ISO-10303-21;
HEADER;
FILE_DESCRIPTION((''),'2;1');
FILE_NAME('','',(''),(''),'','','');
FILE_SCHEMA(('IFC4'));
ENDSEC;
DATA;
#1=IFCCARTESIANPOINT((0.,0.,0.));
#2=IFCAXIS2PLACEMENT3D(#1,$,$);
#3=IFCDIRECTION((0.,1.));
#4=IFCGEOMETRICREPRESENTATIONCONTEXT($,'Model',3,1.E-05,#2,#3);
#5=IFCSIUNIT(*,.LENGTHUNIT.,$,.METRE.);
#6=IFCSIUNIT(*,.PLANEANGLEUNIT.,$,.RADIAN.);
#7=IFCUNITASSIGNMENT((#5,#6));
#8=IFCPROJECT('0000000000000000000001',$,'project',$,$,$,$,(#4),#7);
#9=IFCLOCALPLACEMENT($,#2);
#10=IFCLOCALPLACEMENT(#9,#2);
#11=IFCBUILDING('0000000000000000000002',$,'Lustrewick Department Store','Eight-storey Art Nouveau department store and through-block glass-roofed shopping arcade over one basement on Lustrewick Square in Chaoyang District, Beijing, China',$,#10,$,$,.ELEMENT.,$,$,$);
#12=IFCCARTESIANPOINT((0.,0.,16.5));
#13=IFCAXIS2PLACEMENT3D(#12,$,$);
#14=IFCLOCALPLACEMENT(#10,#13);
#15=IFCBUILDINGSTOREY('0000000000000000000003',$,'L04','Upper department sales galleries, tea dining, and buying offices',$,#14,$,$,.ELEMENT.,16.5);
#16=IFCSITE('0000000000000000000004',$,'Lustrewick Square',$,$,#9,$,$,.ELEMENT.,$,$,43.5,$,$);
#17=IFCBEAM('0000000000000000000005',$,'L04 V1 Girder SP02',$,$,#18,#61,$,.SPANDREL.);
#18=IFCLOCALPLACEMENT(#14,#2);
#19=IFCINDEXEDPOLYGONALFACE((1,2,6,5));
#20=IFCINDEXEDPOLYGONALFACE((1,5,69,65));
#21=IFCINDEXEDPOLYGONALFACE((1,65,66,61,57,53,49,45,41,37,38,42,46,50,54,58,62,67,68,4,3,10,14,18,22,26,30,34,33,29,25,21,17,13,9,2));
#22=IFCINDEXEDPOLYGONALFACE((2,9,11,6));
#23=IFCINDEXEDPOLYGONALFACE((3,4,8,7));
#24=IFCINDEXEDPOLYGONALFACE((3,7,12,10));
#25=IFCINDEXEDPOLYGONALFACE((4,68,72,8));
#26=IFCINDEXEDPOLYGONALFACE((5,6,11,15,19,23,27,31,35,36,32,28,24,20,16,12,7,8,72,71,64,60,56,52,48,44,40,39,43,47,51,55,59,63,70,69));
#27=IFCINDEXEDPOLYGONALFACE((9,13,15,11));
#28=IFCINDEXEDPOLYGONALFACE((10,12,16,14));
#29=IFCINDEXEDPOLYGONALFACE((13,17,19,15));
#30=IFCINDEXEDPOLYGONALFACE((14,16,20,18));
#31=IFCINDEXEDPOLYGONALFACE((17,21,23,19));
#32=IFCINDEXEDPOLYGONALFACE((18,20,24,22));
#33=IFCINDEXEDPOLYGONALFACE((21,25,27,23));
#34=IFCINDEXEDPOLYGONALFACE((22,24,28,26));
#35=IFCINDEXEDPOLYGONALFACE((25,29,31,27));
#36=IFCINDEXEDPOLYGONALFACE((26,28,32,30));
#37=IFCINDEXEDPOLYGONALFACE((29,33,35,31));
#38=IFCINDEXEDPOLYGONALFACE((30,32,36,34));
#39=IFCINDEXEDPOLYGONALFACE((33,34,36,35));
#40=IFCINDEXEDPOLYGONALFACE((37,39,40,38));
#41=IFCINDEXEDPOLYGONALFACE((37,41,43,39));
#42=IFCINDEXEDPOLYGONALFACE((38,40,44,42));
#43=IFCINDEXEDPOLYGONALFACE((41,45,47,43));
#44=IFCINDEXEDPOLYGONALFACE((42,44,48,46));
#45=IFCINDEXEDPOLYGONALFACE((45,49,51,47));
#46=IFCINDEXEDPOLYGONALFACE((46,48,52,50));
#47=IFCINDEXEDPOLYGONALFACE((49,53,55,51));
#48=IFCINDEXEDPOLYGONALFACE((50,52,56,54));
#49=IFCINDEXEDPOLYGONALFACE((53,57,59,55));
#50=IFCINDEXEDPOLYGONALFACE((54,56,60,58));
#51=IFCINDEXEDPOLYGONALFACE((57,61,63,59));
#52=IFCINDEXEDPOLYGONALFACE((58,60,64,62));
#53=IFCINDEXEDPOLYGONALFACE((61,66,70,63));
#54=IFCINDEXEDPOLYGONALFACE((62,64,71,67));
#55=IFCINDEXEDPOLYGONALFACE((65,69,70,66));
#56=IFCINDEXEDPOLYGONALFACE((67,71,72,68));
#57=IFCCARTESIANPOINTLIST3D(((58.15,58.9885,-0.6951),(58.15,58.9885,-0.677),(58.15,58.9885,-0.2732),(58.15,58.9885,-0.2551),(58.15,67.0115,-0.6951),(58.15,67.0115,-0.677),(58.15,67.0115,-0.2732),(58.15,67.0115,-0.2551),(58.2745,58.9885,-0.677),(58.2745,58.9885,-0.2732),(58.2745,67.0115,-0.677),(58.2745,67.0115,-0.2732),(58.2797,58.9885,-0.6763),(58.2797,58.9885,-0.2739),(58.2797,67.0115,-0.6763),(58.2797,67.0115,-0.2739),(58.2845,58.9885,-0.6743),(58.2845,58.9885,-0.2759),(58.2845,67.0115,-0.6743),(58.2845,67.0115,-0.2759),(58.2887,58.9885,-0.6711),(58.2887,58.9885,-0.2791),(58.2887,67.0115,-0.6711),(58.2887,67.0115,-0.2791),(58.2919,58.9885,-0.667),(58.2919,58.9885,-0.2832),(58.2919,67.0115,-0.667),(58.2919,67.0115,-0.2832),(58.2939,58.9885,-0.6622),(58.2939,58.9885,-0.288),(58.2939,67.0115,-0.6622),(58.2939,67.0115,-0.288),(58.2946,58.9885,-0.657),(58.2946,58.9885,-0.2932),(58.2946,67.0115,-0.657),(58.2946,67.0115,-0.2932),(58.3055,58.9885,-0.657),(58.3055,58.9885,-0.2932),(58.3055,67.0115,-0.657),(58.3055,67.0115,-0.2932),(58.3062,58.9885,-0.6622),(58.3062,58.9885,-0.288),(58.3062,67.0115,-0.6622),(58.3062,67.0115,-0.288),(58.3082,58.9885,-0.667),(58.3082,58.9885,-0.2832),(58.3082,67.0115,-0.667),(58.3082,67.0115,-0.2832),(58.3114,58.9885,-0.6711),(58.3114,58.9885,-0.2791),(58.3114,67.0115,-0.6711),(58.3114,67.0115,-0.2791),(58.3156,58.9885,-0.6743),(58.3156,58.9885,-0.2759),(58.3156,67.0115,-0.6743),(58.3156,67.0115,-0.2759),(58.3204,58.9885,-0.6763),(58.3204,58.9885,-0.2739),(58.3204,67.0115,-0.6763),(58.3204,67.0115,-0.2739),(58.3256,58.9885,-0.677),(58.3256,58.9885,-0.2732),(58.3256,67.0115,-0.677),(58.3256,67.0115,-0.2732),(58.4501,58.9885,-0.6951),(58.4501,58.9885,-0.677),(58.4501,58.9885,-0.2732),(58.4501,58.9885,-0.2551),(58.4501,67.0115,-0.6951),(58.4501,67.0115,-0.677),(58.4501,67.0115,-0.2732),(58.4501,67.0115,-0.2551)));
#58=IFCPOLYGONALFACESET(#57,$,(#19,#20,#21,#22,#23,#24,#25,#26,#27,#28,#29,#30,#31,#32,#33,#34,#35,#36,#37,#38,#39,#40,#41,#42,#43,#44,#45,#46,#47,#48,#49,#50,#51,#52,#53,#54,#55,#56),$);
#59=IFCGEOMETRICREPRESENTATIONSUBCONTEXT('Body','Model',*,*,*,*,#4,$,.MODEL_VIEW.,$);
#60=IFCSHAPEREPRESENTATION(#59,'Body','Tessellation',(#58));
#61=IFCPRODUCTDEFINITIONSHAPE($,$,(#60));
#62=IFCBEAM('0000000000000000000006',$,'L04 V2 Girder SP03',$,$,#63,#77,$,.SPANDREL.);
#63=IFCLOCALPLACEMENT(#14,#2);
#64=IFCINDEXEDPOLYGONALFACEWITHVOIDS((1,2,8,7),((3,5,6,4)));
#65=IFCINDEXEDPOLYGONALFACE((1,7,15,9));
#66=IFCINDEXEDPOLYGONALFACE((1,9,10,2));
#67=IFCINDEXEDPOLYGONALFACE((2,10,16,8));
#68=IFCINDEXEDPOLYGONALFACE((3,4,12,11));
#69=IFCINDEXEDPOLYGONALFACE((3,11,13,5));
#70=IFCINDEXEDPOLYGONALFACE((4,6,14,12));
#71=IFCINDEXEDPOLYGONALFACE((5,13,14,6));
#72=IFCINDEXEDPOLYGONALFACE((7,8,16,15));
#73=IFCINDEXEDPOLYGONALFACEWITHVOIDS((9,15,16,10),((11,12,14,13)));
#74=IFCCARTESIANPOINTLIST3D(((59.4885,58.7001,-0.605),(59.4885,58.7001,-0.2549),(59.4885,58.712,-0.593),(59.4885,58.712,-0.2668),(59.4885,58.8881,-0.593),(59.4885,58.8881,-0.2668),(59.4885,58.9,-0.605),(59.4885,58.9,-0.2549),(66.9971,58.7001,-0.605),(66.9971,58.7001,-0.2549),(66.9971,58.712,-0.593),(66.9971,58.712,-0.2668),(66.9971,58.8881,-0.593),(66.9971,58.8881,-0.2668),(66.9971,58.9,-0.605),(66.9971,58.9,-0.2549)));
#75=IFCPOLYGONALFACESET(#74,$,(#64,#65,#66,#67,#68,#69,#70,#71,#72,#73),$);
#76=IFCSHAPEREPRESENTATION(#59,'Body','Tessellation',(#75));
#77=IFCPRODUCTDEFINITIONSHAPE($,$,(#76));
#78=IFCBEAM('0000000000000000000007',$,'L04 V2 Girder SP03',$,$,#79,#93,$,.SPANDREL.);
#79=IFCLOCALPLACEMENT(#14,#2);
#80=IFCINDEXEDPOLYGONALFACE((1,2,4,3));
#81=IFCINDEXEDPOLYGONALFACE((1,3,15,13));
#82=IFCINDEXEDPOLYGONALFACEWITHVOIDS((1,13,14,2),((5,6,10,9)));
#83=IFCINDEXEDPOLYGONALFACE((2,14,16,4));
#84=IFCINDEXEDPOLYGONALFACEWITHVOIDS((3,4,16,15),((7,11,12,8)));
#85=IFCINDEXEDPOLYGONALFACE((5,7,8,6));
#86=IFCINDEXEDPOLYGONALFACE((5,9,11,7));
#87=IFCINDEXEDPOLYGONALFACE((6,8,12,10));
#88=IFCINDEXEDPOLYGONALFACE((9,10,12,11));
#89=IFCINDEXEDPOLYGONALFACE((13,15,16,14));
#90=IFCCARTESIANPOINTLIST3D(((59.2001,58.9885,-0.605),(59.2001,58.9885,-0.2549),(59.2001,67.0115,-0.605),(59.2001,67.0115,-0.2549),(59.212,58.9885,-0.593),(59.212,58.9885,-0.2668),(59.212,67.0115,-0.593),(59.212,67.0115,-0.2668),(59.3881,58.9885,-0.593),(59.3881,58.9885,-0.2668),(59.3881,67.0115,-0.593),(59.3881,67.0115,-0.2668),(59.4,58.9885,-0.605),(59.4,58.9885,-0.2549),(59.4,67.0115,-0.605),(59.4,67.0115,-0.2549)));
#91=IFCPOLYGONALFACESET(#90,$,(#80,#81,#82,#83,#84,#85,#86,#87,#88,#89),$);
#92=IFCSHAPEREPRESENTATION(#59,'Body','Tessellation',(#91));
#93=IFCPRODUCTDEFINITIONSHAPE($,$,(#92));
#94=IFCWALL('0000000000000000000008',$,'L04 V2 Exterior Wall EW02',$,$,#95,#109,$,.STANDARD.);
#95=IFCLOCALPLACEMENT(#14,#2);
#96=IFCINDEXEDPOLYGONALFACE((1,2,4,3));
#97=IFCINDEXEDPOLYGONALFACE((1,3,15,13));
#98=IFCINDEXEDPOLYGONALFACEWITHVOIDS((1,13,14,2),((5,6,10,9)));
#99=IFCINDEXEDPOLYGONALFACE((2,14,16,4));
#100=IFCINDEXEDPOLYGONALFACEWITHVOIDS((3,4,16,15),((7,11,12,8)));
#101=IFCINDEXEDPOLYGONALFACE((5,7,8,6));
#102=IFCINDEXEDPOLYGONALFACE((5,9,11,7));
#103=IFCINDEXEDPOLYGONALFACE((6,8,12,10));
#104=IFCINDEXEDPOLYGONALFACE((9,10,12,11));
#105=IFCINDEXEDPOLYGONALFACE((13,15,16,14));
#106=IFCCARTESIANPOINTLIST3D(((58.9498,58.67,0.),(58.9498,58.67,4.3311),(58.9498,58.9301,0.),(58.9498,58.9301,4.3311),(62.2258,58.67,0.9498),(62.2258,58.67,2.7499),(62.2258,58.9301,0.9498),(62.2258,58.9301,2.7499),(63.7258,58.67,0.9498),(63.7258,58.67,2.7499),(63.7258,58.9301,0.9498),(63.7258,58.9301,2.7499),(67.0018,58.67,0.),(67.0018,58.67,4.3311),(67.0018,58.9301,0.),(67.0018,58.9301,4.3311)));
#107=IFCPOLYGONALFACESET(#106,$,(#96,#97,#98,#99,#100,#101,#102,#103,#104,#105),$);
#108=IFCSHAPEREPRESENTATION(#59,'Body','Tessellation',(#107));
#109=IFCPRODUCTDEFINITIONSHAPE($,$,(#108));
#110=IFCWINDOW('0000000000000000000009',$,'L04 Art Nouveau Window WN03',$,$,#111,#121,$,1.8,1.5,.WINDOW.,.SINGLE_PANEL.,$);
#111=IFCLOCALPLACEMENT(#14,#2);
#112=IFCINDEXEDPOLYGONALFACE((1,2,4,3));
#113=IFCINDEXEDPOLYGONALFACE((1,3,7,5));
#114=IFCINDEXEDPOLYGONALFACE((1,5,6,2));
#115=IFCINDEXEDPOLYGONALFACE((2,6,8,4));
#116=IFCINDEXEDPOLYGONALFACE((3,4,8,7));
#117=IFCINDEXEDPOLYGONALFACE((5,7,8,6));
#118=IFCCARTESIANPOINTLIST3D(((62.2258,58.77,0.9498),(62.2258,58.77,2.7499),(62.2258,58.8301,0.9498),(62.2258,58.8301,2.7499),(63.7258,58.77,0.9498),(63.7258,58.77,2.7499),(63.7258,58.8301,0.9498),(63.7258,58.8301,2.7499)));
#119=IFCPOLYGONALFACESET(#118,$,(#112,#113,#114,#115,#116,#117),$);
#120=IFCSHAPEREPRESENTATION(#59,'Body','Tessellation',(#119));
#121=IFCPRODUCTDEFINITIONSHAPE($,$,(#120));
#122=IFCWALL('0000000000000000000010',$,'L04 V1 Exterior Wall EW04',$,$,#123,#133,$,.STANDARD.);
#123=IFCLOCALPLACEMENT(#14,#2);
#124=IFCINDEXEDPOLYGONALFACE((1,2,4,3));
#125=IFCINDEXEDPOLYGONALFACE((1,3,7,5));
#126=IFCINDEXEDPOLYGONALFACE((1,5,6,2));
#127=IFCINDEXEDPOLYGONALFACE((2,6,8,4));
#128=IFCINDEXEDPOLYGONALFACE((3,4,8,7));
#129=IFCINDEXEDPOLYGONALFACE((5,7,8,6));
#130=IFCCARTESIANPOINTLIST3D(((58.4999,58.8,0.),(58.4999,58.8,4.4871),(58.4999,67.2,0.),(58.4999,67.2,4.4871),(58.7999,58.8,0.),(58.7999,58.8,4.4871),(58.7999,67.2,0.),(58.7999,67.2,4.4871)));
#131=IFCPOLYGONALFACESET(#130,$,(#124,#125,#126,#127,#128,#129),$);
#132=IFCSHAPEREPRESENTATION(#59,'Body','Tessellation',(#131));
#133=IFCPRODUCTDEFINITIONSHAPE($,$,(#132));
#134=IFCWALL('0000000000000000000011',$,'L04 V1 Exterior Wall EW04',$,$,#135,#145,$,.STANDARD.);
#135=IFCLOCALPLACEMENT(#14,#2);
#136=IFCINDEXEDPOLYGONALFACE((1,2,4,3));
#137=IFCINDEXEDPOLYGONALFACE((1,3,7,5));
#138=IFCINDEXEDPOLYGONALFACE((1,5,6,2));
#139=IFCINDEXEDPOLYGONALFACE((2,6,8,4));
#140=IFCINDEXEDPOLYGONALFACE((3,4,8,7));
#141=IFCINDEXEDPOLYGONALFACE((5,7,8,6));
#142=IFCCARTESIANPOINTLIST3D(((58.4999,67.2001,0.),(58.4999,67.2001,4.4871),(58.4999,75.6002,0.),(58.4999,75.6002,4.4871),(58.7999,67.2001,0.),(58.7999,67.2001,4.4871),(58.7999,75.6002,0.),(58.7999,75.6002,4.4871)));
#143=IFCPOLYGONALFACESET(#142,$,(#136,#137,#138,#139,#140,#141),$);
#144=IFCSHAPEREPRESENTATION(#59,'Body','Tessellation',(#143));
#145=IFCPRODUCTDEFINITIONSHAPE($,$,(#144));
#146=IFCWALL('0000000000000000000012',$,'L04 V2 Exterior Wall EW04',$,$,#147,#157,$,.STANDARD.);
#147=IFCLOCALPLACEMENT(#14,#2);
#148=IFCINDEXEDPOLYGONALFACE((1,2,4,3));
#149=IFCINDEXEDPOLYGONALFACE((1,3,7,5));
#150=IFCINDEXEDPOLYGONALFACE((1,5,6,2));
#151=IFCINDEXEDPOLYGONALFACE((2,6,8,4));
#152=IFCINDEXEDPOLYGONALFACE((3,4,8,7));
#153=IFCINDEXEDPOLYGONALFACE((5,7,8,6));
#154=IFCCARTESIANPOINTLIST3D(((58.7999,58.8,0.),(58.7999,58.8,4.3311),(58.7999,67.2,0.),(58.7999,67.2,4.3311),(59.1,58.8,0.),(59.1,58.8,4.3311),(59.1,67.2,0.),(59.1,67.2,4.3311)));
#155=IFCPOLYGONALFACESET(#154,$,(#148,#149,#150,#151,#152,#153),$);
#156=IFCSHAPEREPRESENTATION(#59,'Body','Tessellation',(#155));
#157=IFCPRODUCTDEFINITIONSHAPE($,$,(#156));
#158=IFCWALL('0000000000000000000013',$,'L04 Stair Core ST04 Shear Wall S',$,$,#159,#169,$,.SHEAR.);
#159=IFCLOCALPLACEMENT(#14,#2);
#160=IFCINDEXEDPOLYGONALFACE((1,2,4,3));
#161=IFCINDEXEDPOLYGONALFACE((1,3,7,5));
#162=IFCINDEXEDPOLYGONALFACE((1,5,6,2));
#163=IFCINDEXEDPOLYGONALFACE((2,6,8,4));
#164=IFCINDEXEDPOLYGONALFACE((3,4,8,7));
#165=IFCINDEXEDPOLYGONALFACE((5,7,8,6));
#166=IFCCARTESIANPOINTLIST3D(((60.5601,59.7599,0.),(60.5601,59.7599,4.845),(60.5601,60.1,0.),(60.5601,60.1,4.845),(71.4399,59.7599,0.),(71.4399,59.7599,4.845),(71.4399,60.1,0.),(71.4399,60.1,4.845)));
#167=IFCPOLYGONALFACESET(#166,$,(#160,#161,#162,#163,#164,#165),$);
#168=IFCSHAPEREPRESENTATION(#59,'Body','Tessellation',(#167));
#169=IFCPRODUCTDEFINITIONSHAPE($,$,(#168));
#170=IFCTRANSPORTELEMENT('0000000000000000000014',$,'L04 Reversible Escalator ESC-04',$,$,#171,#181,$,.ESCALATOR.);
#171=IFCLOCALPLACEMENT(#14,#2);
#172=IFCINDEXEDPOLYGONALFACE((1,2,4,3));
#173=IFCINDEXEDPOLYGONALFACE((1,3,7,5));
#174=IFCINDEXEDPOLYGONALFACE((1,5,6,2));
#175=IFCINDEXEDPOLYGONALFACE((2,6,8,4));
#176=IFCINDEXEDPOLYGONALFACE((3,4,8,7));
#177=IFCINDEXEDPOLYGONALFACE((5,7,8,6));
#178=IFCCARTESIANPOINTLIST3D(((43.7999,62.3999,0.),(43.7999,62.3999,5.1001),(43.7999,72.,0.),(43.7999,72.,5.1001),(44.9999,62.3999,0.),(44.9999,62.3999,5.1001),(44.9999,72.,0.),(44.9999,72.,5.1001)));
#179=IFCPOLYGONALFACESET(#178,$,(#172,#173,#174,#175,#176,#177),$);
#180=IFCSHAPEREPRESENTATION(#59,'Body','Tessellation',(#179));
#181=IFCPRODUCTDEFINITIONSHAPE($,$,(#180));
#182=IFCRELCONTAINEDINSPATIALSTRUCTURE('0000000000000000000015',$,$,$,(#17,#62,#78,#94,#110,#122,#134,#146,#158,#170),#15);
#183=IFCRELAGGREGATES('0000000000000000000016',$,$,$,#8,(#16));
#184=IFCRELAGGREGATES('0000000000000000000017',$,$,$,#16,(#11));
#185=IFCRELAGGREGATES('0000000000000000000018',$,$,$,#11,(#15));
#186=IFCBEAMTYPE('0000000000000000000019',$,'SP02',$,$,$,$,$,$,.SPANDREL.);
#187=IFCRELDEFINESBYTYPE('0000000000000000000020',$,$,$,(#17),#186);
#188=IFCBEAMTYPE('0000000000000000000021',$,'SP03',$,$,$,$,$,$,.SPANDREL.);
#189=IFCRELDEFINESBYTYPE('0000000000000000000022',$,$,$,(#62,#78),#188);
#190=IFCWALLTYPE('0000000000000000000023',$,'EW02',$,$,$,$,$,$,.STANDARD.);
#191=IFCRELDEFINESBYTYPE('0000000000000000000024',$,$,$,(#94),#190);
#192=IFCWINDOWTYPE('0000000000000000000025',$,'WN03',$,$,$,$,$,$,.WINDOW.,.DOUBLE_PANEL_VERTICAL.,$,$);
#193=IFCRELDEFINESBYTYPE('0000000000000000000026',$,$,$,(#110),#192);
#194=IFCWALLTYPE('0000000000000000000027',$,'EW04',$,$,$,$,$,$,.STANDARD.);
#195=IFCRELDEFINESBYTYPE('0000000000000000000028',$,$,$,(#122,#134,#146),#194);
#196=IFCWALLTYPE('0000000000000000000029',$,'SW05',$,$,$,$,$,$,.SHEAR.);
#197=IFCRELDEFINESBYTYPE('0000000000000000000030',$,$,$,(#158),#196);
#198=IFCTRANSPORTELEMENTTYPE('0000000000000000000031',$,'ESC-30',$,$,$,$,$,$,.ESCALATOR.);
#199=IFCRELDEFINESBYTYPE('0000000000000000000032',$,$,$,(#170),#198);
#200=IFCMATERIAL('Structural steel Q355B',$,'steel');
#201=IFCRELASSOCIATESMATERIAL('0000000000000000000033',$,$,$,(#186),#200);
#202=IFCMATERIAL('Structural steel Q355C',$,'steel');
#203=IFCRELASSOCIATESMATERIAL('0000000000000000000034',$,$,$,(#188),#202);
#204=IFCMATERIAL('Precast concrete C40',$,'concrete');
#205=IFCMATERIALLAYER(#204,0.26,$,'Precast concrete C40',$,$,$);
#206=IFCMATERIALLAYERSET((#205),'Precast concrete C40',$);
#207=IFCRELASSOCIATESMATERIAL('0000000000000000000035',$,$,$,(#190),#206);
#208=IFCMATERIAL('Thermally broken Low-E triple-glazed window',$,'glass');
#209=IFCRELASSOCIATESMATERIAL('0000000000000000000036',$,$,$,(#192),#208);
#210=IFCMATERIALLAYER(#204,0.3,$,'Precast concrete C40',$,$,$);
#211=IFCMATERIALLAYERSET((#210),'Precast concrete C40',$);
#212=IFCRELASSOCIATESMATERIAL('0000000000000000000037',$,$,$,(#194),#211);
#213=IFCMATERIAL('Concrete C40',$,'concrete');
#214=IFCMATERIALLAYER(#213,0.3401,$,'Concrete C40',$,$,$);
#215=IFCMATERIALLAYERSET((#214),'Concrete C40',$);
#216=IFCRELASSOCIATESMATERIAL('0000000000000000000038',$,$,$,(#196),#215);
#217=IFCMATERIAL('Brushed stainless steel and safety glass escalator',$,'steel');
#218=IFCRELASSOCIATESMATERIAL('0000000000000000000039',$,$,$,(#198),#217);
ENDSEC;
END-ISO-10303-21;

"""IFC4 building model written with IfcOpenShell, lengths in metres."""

from ifc_helpers import new_model, si_unit, direction, frame, frame_2d, origin, origin_2d, place, context, subcontext, project, spatial, rectangle, hollow_rectangle, i_section, extrude, material, layer, layer_set, material_profile, profile_set, type_object, element, fill, save


model = new_model("IFC4")

# Units and contexts
model_context = context("Model", 3, precision=1e-05, world=origin(), true_north=direction((0.0, 1.0)))
body_context = subcontext(model_context, "Body", "Model", "MODEL_VIEW")
ifc_project = project(units=[si_unit("LENGTHUNIT", "METRE"), si_unit("PLANEANGLEUNIT", "RADIAN")], contexts=[model_context])

# Site, building, storey
site_placement = place(None, origin())
site = spatial("IfcSite", under=ifc_project, at=site_placement, Name="Lustrewick Square", CompositionType="ELEMENT", RefElevation=43.5)
building_placement = place(site_placement, origin())
building = spatial("IfcBuilding", under=site, at=building_placement, Name="Lustrewick Department Store", Description="Eight-storey Art Nouveau department store and through-block glass-roofed shopping arcade over one basement on Lustrewick Square in Chaoyang District, Beijing, China", CompositionType="ELEMENT")
storey_placement = place(building_placement, frame((0.0, 0.0, 16.5)))
storey = spatial("IfcBuildingStorey", under=building, at=storey_placement, Name="L04", Description="Upper department sales galleries, tea dining, and buying offices", CompositionType="ELEMENT", Elevation=16.5)

# Shared definitions
ifc_material_1 = material(Name="Structural steel Q355B", Category="steel")

# Beams
ifc_material_2 = material(Name="Structural steel Q355C", Category="steel")
ifc_material_profile_1 = material_profile(ifc_material_1, i_section(OverallWidth=0.3, OverallDepth=0.4399, WebThickness=0.011, FlangeThickness=0.0181, FilletRadius=0.02, at=origin_2d()), Name="HM 440x300x11x18")
ifc_profile_set_1 = profile_set([ifc_material_profile_1], Name="Structural steel Q355B")
beam_type_1 = type_object("IfcBeamType", Name="SP02", PredefinedType="SPANDREL", material=ifc_profile_set_1)
beam_1_placement = place(storey_placement, frame((58.3, 58.9885, -0.4751), z_axis=(0.0, 1.0, 0.0), x_axis=(-1.0, 0.0, 0.0)))
element("IfcBeam", 1, at=beam_1_placement, inside=storey, type_object=beam_type_1, Name="L04 V1 Girder SP02", PredefinedType="SPANDREL", context=body_context, shape_type="SweptSolid", body=[
    extrude(i_section(OverallWidth=0.3, OverallDepth=0.4399, WebThickness=0.011, FlangeThickness=0.0181, FilletRadius=0.02, at=origin_2d()), origin(), (0.0, 0.0, 1.0), 8.0229),
])
ifc_material_profile_2 = material_profile(ifc_material_2, hollow_rectangle(XDim=0.2, YDim=0.3501, WallThickness=0.012, at=origin_2d()), Name="RHS 350x200x12")
ifc_profile_set_2 = profile_set([ifc_material_profile_2], Name="Structural steel Q355C")
beam_type_2 = type_object("IfcBeamType", Name="SP03", PredefinedType="SPANDREL", material=ifc_profile_set_2)
beam_2_placement = place(storey_placement, frame((59.4885, 58.8, -0.4299), z_axis=(1.0, 0.0, 0.0), x_axis=(0.0, 1.0, 0.0)))
element("IfcBeam", 2, at=beam_2_placement, inside=storey, type_object=beam_type_2, Name="L04 V2 Girder SP03", PredefinedType="SPANDREL", context=body_context, shape_type="SweptSolid", body=[
    extrude(hollow_rectangle(XDim=0.2, YDim=0.3501, WallThickness=0.012, at=origin_2d()), origin(), (0.0, 0.0, 1.0), 7.5085),
])
beam_3_placement = place(storey_placement, frame((59.3, 58.9885, -0.4299), z_axis=(0.0, 1.0, 0.0), x_axis=(-1.0, 0.0, 0.0)))
element("IfcBeam", 3, at=beam_3_placement, inside=storey, type_object=beam_type_2, Name="L04 V2 Girder SP03", PredefinedType="SPANDREL", context=body_context, shape_type="SweptSolid", body=[
    extrude(hollow_rectangle(XDim=0.2, YDim=0.3501, WallThickness=0.012, at=origin_2d()), origin(), (0.0, 0.0, 1.0), 8.0229),
])

# Wall, opening, window
ifc_material_3 = material(Name="Precast concrete C40", Category="concrete")
ifc_layer_1 = layer(ifc_material_3, 0.26, Name="Precast concrete C40")
ifc_layer_set_1 = layer_set([ifc_layer_1], Name="Precast concrete C40")
wall_type_1 = type_object("IfcWallType", Name="EW02", PredefinedType="STANDARD", material=ifc_layer_set_1)
wall_1_placement = place(storey_placement, frame((58.95, 58.8, 0.0), z_axis=(0.0, 0.0, 1.0), x_axis=(1.0, 0.0, 0.0)))
wall_1 = element("IfcWall", 4, at=wall_1_placement, inside=storey, type_object=wall_type_1, Name="L04 V2 Exterior Wall EW02", PredefinedType="STANDARD", context=body_context, shape_type="SweptSolid", body=[
    extrude(rectangle(XDim=8.052, YDim=0.26, at=frame_2d((4.0259, 0.0))), origin(), (0.0, 0.0, 1.0), 4.3311),
])
opening_placement = place(wall_1_placement, frame((3.2759, 0.0, 0.95)))
opening = element("IfcOpeningElement", 5, at=opening_placement, cuts=wall_1, PredefinedType="OPENING", context=body_context, shape_type="SweptSolid", body=[
    extrude(rectangle(XDim=1.5, YDim=1.8, at=frame_2d((0.75, 0.8999))), frame((0.0, 0.1401, 0.0), z_axis=(0.0, -1.0, 0.0), x_axis=(1.0, 0.0, 0.0)), (0.0, 0.0, 1.0), 0.28),
])
ifc_material_4 = material(Name="Thermally broken Low-E triple-glazed window", Category="glass")
window_type = type_object("IfcWindowType", Name="WN03", PartitioningType="DOUBLE_PANEL_VERTICAL", PredefinedType="WINDOW", material=ifc_material_4)
window_placement = place(opening_placement, origin())
window = element("IfcWindow", 6, at=window_placement, inside=storey, type_object=window_type, Name="L04 Art Nouveau Window WN03", OverallHeight=1.8, OverallWidth=1.5, PartitioningType="SINGLE_PANEL", PredefinedType="WINDOW", context=body_context, shape_type="SweptSolid", body=[
    extrude(rectangle(XDim=1.5, YDim=1.8, at=frame_2d((0.75, 0.8999))), frame((0.0, 0.03, 0.0), z_axis=(0.0, -1.0, 0.0), x_axis=(1.0, 0.0, 0.0)), (0.0, 0.0, 1.0), 0.0601),
])
fill(opening, window)

# Walls
ifc_layer_2 = layer(ifc_material_3, 0.3, Name="Precast concrete C40")
ifc_layer_set_2 = layer_set([ifc_layer_2], Name="Precast concrete C40")
wall_type_2 = type_object("IfcWallType", Name="EW04", PredefinedType="STANDARD", material=ifc_layer_set_2)
wall_2_placement = place(storey_placement, frame((58.6499, 58.8, 0.0), z_axis=(0.0, 0.0, 1.0), x_axis=(0.0, 1.0, 0.0)))
element("IfcWall", 7, at=wall_2_placement, inside=storey, type_object=wall_type_2, Name="L04 V1 Exterior Wall EW04", PredefinedType="STANDARD", context=body_context, shape_type="SweptSolid", body=[
    extrude(rectangle(XDim=8.3999, YDim=0.3, at=frame_2d((4.2, 0.0))), origin(), (0.0, 0.0, 1.0), 4.4871),
])
wall_3_placement = place(storey_placement, frame((58.6499, 67.2, 0.0), z_axis=(0.0, 0.0, 1.0), x_axis=(0.0, 1.0, 0.0)))
element("IfcWall", 8, at=wall_3_placement, inside=storey, type_object=wall_type_2, Name="L04 V1 Exterior Wall EW04", PredefinedType="STANDARD", context=body_context, shape_type="SweptSolid", body=[
    extrude(rectangle(XDim=8.4001, YDim=0.3, at=frame_2d((4.2002, 0.0))), origin(), (0.0, 0.0, 1.0), 4.4871),
])
wall_4_placement = place(storey_placement, frame((58.95, 67.2, 0.0), z_axis=(0.0, 0.0, 1.0), x_axis=(0.0, -1.0, 0.0)))
element("IfcWall", 9, at=wall_4_placement, inside=storey, type_object=wall_type_2, Name="L04 V2 Exterior Wall EW04", PredefinedType="STANDARD", context=body_context, shape_type="SweptSolid", body=[
    extrude(rectangle(XDim=8.3999, YDim=0.3, at=frame_2d((4.2, 0.0))), origin(), (0.0, 0.0, 1.0), 4.3311),
])
ifc_material_5 = material(Name="Concrete C40", Category="concrete")
ifc_layer_3 = layer(ifc_material_5, 0.3401, Name="Concrete C40")
ifc_layer_set_3 = layer_set([ifc_layer_3], Name="Concrete C40")
wall_type_3 = type_object("IfcWallType", Name="SW05", PredefinedType="SHEAR", material=ifc_layer_set_3)
wall_5_placement = place(storey_placement, frame((60.5601, 59.9299, 0.0), z_axis=(0.0, 0.0, 1.0), x_axis=(1.0, 0.0, 0.0)))
element("IfcWall", 10, at=wall_5_placement, inside=storey, type_object=wall_type_3, Name="L04 Stair Core ST04 Shear Wall S", PredefinedType="SHEAR", context=body_context, shape_type="SweptSolid", body=[
    extrude(rectangle(XDim=10.8799, YDim=0.3401, at=frame_2d((5.4399, 0.0))), origin(), (0.0, 0.0, 1.0), 4.845),
])

# Transport element
ifc_material_6 = material(Name="Brushed stainless steel and safety glass escalator", Category="steel")
transport_element_type = type_object("IfcTransportElementType", Name="ESC-30", PredefinedType="ESCALATOR", material=ifc_material_6)
transport_element_placement = place(storey_placement, frame((44.3999, 67.2, 0.0), z_axis=(0.0, 0.0, 1.0), x_axis=(1.0, 0.0, 0.0)))
element("IfcTransportElement", 11, at=transport_element_placement, inside=storey, type_object=transport_element_type, Name="L04 Reversible Escalator ESC-04", PredefinedType="ESCALATOR", context=body_context, shape_type="SweptSolid", body=[
    extrude(rectangle(XDim=1.2, YDim=9.6001, at=origin_2d()), origin(), (0.0, 0.0, 1.0), 5.1001),
])

save(model, "model.ifc")
